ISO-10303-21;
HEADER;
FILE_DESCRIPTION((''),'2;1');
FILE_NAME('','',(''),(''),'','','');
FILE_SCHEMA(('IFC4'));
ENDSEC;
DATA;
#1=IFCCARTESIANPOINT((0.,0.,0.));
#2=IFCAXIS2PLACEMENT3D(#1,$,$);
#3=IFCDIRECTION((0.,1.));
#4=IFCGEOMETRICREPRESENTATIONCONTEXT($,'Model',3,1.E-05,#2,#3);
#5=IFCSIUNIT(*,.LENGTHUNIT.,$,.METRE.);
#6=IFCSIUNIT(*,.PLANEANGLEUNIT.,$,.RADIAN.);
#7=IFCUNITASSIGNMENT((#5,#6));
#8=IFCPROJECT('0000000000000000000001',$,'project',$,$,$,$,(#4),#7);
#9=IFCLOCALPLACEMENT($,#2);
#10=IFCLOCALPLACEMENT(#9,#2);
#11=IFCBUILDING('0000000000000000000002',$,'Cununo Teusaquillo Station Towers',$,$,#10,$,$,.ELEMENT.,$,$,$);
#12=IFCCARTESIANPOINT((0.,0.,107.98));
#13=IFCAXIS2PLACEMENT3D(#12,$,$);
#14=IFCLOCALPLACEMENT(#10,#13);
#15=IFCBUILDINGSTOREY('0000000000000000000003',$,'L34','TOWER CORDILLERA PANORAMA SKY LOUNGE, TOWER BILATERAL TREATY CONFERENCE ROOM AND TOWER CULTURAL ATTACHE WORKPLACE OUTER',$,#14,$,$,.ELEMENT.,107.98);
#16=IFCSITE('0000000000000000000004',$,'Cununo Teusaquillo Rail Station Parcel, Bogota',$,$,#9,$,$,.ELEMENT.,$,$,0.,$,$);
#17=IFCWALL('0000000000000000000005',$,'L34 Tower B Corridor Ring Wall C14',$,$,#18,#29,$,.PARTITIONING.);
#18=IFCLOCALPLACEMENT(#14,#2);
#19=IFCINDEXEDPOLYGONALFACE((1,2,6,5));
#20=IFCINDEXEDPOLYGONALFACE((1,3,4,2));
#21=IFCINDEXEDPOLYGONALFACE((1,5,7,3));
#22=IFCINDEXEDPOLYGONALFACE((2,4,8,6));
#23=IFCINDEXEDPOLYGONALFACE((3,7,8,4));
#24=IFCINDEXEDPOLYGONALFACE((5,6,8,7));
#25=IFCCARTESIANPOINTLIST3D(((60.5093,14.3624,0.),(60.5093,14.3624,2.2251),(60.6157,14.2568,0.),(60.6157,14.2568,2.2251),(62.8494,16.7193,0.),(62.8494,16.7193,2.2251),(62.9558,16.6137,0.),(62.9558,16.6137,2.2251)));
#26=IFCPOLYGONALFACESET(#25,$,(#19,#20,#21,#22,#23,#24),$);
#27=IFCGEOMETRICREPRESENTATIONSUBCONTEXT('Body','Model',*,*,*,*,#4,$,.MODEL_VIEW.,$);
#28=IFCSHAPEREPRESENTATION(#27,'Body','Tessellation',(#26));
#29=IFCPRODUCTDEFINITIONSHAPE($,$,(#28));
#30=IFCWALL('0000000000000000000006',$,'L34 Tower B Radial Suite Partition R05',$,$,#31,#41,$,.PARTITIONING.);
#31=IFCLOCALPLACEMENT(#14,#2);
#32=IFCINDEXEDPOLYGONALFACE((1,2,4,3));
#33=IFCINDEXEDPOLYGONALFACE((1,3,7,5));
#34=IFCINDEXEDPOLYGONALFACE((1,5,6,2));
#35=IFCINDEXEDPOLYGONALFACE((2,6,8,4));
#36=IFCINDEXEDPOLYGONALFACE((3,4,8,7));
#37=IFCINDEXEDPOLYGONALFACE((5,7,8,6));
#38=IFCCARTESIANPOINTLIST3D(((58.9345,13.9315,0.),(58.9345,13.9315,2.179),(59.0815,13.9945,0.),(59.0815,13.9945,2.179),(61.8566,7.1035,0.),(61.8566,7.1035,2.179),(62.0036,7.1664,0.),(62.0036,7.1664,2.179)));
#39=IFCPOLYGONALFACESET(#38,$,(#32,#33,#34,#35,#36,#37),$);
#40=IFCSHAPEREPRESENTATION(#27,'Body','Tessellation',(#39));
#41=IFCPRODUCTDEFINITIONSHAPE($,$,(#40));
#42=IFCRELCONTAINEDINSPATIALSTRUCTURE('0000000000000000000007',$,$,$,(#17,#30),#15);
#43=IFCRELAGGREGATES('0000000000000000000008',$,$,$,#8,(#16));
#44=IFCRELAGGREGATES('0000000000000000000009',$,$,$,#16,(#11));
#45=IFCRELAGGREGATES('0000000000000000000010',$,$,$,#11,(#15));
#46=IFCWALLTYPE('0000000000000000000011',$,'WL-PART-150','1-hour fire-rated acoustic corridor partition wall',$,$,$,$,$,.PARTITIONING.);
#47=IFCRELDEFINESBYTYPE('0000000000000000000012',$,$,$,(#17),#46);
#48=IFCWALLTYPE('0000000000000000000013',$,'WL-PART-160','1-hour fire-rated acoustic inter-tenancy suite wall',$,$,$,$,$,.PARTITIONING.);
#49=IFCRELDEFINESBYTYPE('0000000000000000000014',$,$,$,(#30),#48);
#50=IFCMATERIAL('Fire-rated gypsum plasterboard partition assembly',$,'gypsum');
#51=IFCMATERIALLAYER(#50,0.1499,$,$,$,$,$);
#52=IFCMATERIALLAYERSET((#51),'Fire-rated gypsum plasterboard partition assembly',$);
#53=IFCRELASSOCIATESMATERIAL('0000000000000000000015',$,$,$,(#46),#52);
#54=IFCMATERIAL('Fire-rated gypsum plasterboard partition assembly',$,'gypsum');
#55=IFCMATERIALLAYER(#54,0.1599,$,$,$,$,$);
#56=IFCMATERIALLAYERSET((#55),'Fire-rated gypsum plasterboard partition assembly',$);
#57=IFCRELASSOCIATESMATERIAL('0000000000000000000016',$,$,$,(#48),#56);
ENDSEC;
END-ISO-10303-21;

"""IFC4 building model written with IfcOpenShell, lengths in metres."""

from ifc_helpers import new_model, si_unit, direction, frame, frame_2d, origin, place, context, subcontext, project, spatial, rectangle, extrude, material, layer, layer_set, type_object, element, save


model = new_model("IFC4")

# Units and contexts
model_context = context("Model", 3, precision=1e-05, world=origin(), true_north=direction((0.0, 1.0)))
body_context = subcontext(model_context, "Body", "Model", "MODEL_VIEW")
ifc_project = project(units=[si_unit("LENGTHUNIT", "METRE"), si_unit("PLANEANGLEUNIT", "RADIAN")], contexts=[model_context])

# Site, building, storey
site_placement = place(None, origin())
site = spatial("IfcSite", under=ifc_project, at=site_placement, Name="Cununo Teusaquillo Rail Station Parcel, Bogota", CompositionType="ELEMENT", RefElevation=0.0)
building_placement = place(site_placement, origin())
building = spatial("IfcBuilding", under=site, at=building_placement, Name="Cununo Teusaquillo Station Towers", CompositionType="ELEMENT")
storey_placement = place(building_placement, frame((0.0, 0.0, 107.98)))
storey = spatial("IfcBuildingStorey", under=building, at=storey_placement, Name="L34", Description="TOWER CORDILLERA PANORAMA SKY LOUNGE, TOWER BILATERAL TREATY CONFERENCE ROOM AND TOWER CULTURAL ATTACHE WORKPLACE OUTER", CompositionType="ELEMENT", Elevation=107.98)

# Walls
ifc_material_1 = material(Name="Fire-rated gypsum plasterboard partition assembly", Category="gypsum")
ifc_layer_1 = layer(ifc_material_1, 0.1499)
ifc_layer_set_1 = layer_set([ifc_layer_1], Name="Fire-rated gypsum plasterboard partition assembly")
wall_type_1 = type_object("IfcWallType", Name="WL-PART-150", Description="1-hour fire-rated acoustic corridor partition wall", PredefinedType="PARTITIONING", material=ifc_layer_set_1)
wall_1_placement = place(storey_placement, frame((60.5625, 14.3096, 0.0), z_axis=(0.0, 0.0, 1.0), x_axis=(0.704566, 0.709638, 0.0)))
element("IfcWall", 1, at=wall_1_placement, inside=storey, type_object=wall_type_1, Name="L34 Tower B Corridor Ring Wall C14", PredefinedType="PARTITIONING", context=body_context, shape_type="SweptSolid", body=[
    extrude(rectangle(XDim=3.3213, YDim=0.1499, at=frame_2d((1.6606, 0.0))), origin(), (0.0, 0.0, 1.0), 2.2251),
])
ifc_material_2 = material(Name="Fire-rated gypsum plasterboard partition assembly", Category="gypsum")
ifc_layer_2 = layer(ifc_material_2, 0.1599)
ifc_layer_set_2 = layer_set([ifc_layer_2], Name="Fire-rated gypsum plasterboard partition assembly")
wall_type_2 = type_object("IfcWallType", Name="WL-PART-160", Description="1-hour fire-rated acoustic inter-tenancy suite wall", PredefinedType="PARTITIONING", material=ifc_layer_set_2)
wall_2_placement = place(storey_placement, frame((59.0081, 13.9629, 0.0), z_axis=(0.0, 0.0, 1.0), x_axis=(0.393439, -0.919351, 0.0)))
element("IfcWall", 2, at=wall_2_placement, inside=storey, type_object=wall_type_2, Name="L34 Tower B Radial Suite Partition R05", PredefinedType="PARTITIONING", context=body_context, shape_type="SweptSolid", body=[
    extrude(rectangle(XDim=7.427, YDim=0.1599, at=frame_2d((3.7134, 0.0))), origin(), (0.0, 0.0, 1.0), 2.179),
])

save(model, "model.ifc")
